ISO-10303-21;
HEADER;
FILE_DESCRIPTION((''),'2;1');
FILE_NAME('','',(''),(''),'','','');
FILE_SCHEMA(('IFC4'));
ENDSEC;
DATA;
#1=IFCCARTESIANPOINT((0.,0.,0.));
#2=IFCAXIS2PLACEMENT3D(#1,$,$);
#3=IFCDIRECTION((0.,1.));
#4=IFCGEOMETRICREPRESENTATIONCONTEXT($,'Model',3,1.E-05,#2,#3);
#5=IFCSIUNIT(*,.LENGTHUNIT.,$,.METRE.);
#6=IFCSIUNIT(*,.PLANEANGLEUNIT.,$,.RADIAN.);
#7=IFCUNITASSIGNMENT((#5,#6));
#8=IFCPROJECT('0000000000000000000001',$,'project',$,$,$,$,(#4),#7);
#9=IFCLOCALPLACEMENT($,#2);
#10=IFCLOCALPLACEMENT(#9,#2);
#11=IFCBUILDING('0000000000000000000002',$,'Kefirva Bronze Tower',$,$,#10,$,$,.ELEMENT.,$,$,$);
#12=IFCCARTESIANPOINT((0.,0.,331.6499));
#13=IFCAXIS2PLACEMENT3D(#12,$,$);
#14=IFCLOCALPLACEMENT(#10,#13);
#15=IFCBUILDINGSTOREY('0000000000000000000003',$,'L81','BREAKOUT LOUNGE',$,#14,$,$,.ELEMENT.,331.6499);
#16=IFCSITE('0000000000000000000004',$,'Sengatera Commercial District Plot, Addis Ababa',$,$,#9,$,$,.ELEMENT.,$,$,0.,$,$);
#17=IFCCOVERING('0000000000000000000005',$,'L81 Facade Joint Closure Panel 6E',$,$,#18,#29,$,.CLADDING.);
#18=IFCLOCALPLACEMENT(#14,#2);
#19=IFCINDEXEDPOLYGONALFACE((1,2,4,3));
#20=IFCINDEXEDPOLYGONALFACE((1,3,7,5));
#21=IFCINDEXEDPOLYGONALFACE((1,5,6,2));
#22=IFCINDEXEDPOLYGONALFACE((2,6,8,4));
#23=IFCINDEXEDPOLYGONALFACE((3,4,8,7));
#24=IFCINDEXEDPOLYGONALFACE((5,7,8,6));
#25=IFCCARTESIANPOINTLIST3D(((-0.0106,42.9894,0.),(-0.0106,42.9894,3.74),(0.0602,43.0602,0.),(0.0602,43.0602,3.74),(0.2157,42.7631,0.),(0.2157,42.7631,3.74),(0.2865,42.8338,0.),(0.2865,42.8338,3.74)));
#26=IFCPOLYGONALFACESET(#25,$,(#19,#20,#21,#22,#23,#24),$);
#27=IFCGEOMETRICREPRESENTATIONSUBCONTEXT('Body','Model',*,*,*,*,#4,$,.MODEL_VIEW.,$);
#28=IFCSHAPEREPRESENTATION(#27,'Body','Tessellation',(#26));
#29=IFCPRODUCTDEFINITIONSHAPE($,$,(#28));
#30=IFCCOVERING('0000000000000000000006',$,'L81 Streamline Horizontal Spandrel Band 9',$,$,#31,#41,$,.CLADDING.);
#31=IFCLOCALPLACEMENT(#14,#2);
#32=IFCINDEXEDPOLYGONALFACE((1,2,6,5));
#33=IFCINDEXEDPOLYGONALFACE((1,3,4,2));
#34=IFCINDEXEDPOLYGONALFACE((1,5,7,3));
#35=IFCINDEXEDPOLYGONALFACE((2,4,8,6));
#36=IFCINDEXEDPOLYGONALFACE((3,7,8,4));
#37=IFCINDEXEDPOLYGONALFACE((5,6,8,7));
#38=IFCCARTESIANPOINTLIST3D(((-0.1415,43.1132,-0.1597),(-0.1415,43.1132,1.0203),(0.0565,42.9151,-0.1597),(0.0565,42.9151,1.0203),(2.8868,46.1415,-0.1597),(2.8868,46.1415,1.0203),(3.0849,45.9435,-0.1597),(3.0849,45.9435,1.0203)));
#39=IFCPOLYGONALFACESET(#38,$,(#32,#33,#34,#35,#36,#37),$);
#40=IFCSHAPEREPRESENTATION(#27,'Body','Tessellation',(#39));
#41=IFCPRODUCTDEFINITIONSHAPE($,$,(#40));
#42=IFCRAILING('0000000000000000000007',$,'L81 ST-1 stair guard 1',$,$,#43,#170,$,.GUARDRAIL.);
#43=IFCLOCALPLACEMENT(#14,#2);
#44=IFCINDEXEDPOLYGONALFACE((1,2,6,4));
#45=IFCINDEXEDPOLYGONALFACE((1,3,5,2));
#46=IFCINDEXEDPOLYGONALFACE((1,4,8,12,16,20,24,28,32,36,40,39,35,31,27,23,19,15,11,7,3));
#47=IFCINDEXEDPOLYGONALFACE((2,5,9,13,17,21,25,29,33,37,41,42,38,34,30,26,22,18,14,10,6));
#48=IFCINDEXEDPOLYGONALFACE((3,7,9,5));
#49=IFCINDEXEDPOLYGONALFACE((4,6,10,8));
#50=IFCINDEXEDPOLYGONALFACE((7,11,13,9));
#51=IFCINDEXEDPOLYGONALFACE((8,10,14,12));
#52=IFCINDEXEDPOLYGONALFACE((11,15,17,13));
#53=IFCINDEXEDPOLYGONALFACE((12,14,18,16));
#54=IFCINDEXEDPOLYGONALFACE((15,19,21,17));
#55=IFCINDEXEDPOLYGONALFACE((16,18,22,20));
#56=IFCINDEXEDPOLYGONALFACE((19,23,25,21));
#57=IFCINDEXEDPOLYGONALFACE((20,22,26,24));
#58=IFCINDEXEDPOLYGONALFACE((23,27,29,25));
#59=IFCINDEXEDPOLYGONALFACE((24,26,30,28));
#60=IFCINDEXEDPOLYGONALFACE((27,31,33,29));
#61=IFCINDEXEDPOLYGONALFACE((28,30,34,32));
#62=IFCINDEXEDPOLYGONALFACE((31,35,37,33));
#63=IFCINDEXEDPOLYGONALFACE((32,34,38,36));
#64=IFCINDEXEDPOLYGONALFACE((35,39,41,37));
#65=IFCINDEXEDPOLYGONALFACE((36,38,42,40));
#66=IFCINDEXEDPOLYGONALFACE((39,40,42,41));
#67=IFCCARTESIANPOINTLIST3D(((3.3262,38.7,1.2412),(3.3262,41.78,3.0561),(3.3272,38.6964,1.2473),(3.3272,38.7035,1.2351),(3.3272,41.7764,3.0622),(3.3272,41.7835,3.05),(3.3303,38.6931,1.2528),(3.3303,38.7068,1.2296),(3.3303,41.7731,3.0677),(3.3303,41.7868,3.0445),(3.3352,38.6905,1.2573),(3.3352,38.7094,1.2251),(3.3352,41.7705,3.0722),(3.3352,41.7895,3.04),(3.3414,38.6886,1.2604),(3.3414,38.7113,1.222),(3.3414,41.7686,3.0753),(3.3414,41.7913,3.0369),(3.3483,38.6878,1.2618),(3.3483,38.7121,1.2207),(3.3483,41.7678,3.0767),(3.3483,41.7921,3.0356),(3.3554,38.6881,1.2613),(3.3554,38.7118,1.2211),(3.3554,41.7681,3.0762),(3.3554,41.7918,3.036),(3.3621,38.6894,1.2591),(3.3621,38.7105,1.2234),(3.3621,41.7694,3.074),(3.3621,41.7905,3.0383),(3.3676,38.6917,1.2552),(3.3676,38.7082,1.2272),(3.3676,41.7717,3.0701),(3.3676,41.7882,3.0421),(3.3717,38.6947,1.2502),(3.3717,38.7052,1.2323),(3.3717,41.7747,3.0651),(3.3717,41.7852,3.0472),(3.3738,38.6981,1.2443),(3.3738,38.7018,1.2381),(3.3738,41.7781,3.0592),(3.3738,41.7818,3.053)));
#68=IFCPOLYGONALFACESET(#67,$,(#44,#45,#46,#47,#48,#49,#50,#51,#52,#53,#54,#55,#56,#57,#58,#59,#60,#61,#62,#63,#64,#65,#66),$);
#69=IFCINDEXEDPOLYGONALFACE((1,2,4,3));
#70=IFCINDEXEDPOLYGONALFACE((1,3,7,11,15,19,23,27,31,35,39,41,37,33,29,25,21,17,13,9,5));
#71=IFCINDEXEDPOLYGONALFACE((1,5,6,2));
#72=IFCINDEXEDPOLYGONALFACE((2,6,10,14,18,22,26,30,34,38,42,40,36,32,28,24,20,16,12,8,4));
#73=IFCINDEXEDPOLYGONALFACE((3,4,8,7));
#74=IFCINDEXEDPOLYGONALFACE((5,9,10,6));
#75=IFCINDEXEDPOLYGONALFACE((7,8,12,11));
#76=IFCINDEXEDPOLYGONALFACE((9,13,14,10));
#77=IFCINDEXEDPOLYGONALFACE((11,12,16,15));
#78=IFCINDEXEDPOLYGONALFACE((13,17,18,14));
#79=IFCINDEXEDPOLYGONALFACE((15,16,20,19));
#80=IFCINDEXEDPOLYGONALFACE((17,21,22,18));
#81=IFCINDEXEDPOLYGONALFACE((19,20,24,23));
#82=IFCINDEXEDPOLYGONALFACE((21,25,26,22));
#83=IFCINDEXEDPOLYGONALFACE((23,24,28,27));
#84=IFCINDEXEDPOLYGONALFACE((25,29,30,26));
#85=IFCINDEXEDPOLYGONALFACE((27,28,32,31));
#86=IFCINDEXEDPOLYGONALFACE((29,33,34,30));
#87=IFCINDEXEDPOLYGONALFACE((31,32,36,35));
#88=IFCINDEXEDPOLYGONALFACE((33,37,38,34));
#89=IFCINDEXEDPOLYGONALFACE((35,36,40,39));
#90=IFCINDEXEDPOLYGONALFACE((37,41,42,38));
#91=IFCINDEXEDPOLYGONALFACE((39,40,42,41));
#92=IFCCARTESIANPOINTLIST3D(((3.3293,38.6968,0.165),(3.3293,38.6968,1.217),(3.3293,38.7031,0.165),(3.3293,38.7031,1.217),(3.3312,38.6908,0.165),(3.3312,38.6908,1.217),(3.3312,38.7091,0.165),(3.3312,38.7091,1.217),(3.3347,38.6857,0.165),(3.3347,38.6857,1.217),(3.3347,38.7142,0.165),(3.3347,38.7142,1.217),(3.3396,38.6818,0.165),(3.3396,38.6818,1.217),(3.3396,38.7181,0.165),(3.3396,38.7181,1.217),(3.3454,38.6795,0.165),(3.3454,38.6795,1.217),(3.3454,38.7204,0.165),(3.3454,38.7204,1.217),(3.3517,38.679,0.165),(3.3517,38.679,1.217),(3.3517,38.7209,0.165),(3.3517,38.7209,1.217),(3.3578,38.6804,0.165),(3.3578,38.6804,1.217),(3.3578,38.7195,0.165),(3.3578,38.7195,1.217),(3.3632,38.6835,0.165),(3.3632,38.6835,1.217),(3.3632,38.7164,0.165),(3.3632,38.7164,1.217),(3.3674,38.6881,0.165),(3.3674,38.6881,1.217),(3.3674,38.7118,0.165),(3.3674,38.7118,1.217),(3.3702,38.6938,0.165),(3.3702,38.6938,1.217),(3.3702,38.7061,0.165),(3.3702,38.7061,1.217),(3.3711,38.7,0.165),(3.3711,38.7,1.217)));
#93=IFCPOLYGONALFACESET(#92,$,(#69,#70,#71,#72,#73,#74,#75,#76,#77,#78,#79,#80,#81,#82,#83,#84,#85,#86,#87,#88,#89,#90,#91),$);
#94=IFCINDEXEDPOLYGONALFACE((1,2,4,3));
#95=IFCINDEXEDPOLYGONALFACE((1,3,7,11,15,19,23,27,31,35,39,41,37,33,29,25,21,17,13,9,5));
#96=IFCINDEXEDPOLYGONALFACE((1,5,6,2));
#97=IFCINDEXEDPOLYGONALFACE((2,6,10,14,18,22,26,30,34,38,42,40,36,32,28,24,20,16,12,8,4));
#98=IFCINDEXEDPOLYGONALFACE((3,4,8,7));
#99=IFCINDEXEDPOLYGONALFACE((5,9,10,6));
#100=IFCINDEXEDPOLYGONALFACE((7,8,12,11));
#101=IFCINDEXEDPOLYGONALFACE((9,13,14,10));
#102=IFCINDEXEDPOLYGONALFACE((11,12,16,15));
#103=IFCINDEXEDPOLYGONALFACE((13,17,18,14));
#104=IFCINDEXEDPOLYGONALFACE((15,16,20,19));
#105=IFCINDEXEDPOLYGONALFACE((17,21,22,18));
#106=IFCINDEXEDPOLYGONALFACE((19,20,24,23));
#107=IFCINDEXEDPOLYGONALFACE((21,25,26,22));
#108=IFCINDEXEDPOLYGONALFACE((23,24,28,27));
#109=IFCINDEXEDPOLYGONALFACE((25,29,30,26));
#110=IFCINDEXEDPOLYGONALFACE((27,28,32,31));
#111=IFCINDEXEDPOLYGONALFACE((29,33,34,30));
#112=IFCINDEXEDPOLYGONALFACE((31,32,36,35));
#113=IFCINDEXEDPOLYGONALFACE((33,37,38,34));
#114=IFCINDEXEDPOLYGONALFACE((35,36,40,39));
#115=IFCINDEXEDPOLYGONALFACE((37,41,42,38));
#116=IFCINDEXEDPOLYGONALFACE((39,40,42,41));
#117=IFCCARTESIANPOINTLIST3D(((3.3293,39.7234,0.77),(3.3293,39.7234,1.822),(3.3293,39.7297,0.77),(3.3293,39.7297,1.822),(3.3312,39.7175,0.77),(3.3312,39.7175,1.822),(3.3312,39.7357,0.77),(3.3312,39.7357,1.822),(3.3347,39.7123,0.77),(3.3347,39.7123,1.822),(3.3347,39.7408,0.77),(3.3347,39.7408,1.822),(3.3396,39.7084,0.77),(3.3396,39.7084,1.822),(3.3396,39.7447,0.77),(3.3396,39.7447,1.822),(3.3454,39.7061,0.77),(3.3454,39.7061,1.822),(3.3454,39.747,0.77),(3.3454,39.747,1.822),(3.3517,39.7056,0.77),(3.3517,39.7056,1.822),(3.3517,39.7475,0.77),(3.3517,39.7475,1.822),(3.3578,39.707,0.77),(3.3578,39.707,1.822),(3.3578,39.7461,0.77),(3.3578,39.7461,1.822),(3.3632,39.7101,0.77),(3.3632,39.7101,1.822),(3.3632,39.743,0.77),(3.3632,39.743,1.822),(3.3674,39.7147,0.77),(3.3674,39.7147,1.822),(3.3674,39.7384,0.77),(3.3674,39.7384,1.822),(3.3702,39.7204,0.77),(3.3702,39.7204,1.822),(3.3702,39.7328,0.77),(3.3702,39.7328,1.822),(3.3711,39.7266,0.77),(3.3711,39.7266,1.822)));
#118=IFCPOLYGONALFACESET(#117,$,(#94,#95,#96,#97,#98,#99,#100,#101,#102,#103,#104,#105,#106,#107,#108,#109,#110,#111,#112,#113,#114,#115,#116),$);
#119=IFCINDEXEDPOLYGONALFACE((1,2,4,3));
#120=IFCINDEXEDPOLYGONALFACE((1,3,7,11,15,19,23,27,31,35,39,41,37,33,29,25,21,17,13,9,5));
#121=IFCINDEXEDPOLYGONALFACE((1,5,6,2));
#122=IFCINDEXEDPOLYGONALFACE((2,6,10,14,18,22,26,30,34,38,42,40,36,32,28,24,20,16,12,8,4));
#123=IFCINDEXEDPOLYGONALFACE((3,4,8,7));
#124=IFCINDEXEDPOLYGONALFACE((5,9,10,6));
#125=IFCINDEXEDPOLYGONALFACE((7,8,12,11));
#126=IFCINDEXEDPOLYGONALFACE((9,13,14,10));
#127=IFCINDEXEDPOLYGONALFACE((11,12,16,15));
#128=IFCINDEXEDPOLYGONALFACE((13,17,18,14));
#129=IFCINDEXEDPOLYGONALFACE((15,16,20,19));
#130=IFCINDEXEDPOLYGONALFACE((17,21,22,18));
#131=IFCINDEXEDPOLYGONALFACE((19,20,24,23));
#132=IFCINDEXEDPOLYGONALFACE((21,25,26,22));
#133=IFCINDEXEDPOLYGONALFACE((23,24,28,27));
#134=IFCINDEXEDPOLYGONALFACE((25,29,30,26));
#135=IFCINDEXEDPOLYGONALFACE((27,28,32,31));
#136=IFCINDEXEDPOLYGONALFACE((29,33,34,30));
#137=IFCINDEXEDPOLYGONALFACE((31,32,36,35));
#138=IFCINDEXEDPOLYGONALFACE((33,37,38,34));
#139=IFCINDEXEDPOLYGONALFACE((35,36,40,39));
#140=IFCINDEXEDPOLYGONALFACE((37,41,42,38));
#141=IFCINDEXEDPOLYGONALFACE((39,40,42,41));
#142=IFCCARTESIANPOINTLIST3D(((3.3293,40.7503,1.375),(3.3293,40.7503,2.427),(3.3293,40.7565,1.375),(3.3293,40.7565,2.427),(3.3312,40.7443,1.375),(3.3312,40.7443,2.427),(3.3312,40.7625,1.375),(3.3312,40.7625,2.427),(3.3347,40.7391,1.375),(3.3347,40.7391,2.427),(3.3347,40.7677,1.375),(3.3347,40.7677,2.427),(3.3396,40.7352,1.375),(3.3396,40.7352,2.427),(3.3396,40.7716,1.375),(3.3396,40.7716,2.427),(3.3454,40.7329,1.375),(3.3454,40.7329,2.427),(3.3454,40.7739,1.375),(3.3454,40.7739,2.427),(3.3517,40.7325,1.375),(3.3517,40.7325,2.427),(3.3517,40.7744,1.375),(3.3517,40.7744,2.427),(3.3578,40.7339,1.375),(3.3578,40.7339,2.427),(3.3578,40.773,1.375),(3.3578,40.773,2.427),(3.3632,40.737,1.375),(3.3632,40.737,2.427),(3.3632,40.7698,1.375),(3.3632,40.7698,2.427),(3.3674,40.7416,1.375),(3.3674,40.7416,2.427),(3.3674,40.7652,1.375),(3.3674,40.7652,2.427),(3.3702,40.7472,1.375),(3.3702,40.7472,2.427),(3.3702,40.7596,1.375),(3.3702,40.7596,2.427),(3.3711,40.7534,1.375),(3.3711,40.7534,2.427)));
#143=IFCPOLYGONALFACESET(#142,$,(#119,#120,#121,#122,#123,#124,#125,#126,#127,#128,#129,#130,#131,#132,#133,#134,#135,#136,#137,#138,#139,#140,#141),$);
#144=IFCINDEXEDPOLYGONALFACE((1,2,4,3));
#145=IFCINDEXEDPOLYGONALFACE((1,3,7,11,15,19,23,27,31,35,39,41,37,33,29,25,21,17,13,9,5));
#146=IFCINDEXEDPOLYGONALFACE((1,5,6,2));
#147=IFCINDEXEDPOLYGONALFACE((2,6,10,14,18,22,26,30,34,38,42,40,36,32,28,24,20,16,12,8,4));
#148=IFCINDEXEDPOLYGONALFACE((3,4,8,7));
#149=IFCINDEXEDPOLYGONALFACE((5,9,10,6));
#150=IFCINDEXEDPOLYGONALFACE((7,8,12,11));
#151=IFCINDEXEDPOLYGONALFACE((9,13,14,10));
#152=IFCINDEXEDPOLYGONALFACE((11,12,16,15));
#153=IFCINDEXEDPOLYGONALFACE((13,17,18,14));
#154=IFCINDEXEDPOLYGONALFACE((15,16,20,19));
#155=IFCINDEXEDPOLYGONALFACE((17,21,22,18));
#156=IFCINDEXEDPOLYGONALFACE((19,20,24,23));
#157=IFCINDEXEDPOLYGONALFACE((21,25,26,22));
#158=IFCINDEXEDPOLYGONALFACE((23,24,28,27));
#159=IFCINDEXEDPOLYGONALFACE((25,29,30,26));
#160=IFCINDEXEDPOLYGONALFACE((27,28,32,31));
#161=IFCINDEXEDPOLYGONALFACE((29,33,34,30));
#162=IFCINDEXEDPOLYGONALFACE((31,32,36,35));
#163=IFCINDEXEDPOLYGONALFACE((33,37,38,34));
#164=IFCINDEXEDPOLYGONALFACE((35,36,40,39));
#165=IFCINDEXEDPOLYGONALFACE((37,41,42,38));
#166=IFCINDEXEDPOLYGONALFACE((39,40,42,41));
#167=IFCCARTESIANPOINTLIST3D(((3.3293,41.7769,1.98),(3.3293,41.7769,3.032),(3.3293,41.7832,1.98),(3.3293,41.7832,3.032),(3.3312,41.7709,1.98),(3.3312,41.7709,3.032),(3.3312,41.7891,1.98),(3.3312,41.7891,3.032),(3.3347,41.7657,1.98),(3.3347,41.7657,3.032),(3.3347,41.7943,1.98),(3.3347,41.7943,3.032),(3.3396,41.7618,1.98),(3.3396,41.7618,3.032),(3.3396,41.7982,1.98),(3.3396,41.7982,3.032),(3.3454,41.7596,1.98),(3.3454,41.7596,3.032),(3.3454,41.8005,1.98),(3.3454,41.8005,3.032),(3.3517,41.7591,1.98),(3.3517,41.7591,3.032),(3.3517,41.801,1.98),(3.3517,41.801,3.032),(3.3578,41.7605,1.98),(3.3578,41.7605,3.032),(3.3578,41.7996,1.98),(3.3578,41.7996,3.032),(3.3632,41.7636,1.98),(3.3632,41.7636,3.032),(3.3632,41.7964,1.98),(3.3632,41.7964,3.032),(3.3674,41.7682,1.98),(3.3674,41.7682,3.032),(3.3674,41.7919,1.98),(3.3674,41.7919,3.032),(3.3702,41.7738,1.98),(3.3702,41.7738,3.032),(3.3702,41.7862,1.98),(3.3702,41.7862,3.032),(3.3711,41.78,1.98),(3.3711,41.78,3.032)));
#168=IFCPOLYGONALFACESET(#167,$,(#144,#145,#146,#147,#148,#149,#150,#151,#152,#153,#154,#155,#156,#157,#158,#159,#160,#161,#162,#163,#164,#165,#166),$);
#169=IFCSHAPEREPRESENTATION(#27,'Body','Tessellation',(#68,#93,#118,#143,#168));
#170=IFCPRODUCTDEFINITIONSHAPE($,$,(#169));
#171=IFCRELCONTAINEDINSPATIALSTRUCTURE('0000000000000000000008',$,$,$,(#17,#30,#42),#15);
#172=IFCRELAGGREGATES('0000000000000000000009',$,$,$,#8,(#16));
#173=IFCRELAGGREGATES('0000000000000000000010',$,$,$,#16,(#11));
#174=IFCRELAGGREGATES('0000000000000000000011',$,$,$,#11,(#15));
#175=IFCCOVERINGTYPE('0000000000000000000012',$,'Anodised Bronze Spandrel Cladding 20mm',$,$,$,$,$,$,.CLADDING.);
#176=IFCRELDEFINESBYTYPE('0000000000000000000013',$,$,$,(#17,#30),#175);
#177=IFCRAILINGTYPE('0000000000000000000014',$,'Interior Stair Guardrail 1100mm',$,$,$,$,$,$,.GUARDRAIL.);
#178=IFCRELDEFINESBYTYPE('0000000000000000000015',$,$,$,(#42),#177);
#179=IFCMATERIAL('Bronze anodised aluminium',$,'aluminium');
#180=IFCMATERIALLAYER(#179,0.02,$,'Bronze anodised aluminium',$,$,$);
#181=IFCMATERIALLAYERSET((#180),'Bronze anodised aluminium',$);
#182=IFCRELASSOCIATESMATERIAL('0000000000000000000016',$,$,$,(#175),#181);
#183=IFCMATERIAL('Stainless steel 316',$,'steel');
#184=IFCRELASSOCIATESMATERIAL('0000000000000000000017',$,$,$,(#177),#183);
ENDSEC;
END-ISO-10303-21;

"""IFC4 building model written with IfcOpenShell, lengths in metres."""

from ifc_helpers import new_model, si_unit, direction, frame, origin, origin_2d, place, context, subcontext, project, spatial, rectangle, circle, extrude, material, layer, layer_set, type_object, element, save


model = new_model("IFC4")

# Units and contexts
model_context = context("Model", 3, precision=1e-05, world=origin(), true_north=direction((0.0, 1.0)))
body_context = subcontext(model_context, "Body", "Model", "MODEL_VIEW")
ifc_project = project(units=[si_unit("LENGTHUNIT", "METRE"), si_unit("PLANEANGLEUNIT", "RADIAN")], contexts=[model_context])

# Site, building, storey
site_placement = place(None, origin())
site = spatial("IfcSite", under=ifc_project, at=site_placement, Name="Sengatera Commercial District Plot, Addis Ababa", CompositionType="ELEMENT", RefElevation=0.0)
building_placement = place(site_placement, origin())
building = spatial("IfcBuilding", under=site, at=building_placement, Name="Kefirva Bronze Tower", CompositionType="ELEMENT")
storey_placement = place(building_placement, frame((0.0, 0.0, 331.6499)))
storey = spatial("IfcBuildingStorey", under=building, at=storey_placement, Name="L81", Description="BREAKOUT LOUNGE", CompositionType="ELEMENT", Elevation=331.6499)

# Coverings
ifc_material_1 = material(Name="Bronze anodised aluminium", Category="aluminium")
ifc_layer_1 = layer(ifc_material_1, 0.02, Name="Bronze anodised aluminium")
ifc_layer_set_1 = layer_set([ifc_layer_1], Name="Bronze anodised aluminium")
covering_type_1 = type_object("IfcCoveringType", Name="Anodised Bronze Spandrel Cladding 20mm", PredefinedType="CLADDING", material=ifc_layer_set_1)
for number, where, z_axis, x_axis, name in (
    (1, (0.1379, 42.9116, 0.0), (0.0, 0.0, 1.0), (-0.707107, -0.707107, 0.0), "L81 Facade Joint Closure Panel 6E"),
):
    element("IfcCovering", number, at=place(storey_placement, frame(where, z_axis=z_axis, x_axis=x_axis)), inside=storey, type_object=covering_type_1, Name=name, PredefinedType="CLADDING", context=body_context, shape_type="SweptSolid", body=[
        extrude(rectangle(XDim=0.1001, YDim=0.3201, at=origin_2d()), origin(), (0.0, 0.0, 1.0), 3.74),
    ])
covering_1_placement = place(storey_placement, frame((1.4717, 44.5283, -0.1597), z_axis=(0.0, 0.0, 1.0), x_axis=(-0.707107, -0.707107, 0.0)))
element("IfcCovering", 2, at=covering_1_placement, inside=storey, type_object=covering_type_1, Name="L81 Streamline Horizontal Spandrel Band 9", PredefinedType="CLADDING", context=body_context, shape_type="SweptSolid", body=[
    extrude(rectangle(XDim=4.2827, YDim=0.28, at=origin_2d()), origin(), (0.0, 0.0, 1.0), 1.1799),
])

# Railing
ifc_material_2 = material(Name="Stainless steel 316", Category="steel")
railing_type_1 = type_object("IfcRailingType", Name="Interior Stair Guardrail 1100mm", PredefinedType="GUARDRAIL", material=ifc_material_2)
railing_1_placement = place(storey_placement, frame((3.3501, 38.7, 0.165)))
element("IfcRailing", 3, at=railing_1_placement, inside=storey, type_object=railing_type_1, Name="L81 ST-1 stair guard 1", PredefinedType="GUARDRAIL", context=body_context, shape_type="SweptSolid", body=[
    extrude(circle(Radius=0.0239, at=origin_2d()), frame((0.0, 0.0, 1.0762), z_axis=(0.0, 0.861551, 0.507671), x_axis=(-1.0, 0.0, 0.0)), (0.0, 0.0, 1.0), 3.575),
    extrude(circle(Radius=0.021, at=origin_2d()), origin(), (0.0, 0.0, 1.0), 1.052),
    extrude(circle(Radius=0.021, at=origin_2d()), frame((0.0, 1.0266, 0.605)), (0.0, 0.0, 1.0), 1.052),
    extrude(circle(Radius=0.021, at=origin_2d()), frame((0.0, 2.0535, 1.21)), (0.0, 0.0, 1.0), 1.052),
    extrude(circle(Radius=0.021, at=origin_2d()), frame((0.0, 3.0801, 1.8149)), (0.0, 0.0, 1.0), 1.052),
])

save(model, "model.ifc")
